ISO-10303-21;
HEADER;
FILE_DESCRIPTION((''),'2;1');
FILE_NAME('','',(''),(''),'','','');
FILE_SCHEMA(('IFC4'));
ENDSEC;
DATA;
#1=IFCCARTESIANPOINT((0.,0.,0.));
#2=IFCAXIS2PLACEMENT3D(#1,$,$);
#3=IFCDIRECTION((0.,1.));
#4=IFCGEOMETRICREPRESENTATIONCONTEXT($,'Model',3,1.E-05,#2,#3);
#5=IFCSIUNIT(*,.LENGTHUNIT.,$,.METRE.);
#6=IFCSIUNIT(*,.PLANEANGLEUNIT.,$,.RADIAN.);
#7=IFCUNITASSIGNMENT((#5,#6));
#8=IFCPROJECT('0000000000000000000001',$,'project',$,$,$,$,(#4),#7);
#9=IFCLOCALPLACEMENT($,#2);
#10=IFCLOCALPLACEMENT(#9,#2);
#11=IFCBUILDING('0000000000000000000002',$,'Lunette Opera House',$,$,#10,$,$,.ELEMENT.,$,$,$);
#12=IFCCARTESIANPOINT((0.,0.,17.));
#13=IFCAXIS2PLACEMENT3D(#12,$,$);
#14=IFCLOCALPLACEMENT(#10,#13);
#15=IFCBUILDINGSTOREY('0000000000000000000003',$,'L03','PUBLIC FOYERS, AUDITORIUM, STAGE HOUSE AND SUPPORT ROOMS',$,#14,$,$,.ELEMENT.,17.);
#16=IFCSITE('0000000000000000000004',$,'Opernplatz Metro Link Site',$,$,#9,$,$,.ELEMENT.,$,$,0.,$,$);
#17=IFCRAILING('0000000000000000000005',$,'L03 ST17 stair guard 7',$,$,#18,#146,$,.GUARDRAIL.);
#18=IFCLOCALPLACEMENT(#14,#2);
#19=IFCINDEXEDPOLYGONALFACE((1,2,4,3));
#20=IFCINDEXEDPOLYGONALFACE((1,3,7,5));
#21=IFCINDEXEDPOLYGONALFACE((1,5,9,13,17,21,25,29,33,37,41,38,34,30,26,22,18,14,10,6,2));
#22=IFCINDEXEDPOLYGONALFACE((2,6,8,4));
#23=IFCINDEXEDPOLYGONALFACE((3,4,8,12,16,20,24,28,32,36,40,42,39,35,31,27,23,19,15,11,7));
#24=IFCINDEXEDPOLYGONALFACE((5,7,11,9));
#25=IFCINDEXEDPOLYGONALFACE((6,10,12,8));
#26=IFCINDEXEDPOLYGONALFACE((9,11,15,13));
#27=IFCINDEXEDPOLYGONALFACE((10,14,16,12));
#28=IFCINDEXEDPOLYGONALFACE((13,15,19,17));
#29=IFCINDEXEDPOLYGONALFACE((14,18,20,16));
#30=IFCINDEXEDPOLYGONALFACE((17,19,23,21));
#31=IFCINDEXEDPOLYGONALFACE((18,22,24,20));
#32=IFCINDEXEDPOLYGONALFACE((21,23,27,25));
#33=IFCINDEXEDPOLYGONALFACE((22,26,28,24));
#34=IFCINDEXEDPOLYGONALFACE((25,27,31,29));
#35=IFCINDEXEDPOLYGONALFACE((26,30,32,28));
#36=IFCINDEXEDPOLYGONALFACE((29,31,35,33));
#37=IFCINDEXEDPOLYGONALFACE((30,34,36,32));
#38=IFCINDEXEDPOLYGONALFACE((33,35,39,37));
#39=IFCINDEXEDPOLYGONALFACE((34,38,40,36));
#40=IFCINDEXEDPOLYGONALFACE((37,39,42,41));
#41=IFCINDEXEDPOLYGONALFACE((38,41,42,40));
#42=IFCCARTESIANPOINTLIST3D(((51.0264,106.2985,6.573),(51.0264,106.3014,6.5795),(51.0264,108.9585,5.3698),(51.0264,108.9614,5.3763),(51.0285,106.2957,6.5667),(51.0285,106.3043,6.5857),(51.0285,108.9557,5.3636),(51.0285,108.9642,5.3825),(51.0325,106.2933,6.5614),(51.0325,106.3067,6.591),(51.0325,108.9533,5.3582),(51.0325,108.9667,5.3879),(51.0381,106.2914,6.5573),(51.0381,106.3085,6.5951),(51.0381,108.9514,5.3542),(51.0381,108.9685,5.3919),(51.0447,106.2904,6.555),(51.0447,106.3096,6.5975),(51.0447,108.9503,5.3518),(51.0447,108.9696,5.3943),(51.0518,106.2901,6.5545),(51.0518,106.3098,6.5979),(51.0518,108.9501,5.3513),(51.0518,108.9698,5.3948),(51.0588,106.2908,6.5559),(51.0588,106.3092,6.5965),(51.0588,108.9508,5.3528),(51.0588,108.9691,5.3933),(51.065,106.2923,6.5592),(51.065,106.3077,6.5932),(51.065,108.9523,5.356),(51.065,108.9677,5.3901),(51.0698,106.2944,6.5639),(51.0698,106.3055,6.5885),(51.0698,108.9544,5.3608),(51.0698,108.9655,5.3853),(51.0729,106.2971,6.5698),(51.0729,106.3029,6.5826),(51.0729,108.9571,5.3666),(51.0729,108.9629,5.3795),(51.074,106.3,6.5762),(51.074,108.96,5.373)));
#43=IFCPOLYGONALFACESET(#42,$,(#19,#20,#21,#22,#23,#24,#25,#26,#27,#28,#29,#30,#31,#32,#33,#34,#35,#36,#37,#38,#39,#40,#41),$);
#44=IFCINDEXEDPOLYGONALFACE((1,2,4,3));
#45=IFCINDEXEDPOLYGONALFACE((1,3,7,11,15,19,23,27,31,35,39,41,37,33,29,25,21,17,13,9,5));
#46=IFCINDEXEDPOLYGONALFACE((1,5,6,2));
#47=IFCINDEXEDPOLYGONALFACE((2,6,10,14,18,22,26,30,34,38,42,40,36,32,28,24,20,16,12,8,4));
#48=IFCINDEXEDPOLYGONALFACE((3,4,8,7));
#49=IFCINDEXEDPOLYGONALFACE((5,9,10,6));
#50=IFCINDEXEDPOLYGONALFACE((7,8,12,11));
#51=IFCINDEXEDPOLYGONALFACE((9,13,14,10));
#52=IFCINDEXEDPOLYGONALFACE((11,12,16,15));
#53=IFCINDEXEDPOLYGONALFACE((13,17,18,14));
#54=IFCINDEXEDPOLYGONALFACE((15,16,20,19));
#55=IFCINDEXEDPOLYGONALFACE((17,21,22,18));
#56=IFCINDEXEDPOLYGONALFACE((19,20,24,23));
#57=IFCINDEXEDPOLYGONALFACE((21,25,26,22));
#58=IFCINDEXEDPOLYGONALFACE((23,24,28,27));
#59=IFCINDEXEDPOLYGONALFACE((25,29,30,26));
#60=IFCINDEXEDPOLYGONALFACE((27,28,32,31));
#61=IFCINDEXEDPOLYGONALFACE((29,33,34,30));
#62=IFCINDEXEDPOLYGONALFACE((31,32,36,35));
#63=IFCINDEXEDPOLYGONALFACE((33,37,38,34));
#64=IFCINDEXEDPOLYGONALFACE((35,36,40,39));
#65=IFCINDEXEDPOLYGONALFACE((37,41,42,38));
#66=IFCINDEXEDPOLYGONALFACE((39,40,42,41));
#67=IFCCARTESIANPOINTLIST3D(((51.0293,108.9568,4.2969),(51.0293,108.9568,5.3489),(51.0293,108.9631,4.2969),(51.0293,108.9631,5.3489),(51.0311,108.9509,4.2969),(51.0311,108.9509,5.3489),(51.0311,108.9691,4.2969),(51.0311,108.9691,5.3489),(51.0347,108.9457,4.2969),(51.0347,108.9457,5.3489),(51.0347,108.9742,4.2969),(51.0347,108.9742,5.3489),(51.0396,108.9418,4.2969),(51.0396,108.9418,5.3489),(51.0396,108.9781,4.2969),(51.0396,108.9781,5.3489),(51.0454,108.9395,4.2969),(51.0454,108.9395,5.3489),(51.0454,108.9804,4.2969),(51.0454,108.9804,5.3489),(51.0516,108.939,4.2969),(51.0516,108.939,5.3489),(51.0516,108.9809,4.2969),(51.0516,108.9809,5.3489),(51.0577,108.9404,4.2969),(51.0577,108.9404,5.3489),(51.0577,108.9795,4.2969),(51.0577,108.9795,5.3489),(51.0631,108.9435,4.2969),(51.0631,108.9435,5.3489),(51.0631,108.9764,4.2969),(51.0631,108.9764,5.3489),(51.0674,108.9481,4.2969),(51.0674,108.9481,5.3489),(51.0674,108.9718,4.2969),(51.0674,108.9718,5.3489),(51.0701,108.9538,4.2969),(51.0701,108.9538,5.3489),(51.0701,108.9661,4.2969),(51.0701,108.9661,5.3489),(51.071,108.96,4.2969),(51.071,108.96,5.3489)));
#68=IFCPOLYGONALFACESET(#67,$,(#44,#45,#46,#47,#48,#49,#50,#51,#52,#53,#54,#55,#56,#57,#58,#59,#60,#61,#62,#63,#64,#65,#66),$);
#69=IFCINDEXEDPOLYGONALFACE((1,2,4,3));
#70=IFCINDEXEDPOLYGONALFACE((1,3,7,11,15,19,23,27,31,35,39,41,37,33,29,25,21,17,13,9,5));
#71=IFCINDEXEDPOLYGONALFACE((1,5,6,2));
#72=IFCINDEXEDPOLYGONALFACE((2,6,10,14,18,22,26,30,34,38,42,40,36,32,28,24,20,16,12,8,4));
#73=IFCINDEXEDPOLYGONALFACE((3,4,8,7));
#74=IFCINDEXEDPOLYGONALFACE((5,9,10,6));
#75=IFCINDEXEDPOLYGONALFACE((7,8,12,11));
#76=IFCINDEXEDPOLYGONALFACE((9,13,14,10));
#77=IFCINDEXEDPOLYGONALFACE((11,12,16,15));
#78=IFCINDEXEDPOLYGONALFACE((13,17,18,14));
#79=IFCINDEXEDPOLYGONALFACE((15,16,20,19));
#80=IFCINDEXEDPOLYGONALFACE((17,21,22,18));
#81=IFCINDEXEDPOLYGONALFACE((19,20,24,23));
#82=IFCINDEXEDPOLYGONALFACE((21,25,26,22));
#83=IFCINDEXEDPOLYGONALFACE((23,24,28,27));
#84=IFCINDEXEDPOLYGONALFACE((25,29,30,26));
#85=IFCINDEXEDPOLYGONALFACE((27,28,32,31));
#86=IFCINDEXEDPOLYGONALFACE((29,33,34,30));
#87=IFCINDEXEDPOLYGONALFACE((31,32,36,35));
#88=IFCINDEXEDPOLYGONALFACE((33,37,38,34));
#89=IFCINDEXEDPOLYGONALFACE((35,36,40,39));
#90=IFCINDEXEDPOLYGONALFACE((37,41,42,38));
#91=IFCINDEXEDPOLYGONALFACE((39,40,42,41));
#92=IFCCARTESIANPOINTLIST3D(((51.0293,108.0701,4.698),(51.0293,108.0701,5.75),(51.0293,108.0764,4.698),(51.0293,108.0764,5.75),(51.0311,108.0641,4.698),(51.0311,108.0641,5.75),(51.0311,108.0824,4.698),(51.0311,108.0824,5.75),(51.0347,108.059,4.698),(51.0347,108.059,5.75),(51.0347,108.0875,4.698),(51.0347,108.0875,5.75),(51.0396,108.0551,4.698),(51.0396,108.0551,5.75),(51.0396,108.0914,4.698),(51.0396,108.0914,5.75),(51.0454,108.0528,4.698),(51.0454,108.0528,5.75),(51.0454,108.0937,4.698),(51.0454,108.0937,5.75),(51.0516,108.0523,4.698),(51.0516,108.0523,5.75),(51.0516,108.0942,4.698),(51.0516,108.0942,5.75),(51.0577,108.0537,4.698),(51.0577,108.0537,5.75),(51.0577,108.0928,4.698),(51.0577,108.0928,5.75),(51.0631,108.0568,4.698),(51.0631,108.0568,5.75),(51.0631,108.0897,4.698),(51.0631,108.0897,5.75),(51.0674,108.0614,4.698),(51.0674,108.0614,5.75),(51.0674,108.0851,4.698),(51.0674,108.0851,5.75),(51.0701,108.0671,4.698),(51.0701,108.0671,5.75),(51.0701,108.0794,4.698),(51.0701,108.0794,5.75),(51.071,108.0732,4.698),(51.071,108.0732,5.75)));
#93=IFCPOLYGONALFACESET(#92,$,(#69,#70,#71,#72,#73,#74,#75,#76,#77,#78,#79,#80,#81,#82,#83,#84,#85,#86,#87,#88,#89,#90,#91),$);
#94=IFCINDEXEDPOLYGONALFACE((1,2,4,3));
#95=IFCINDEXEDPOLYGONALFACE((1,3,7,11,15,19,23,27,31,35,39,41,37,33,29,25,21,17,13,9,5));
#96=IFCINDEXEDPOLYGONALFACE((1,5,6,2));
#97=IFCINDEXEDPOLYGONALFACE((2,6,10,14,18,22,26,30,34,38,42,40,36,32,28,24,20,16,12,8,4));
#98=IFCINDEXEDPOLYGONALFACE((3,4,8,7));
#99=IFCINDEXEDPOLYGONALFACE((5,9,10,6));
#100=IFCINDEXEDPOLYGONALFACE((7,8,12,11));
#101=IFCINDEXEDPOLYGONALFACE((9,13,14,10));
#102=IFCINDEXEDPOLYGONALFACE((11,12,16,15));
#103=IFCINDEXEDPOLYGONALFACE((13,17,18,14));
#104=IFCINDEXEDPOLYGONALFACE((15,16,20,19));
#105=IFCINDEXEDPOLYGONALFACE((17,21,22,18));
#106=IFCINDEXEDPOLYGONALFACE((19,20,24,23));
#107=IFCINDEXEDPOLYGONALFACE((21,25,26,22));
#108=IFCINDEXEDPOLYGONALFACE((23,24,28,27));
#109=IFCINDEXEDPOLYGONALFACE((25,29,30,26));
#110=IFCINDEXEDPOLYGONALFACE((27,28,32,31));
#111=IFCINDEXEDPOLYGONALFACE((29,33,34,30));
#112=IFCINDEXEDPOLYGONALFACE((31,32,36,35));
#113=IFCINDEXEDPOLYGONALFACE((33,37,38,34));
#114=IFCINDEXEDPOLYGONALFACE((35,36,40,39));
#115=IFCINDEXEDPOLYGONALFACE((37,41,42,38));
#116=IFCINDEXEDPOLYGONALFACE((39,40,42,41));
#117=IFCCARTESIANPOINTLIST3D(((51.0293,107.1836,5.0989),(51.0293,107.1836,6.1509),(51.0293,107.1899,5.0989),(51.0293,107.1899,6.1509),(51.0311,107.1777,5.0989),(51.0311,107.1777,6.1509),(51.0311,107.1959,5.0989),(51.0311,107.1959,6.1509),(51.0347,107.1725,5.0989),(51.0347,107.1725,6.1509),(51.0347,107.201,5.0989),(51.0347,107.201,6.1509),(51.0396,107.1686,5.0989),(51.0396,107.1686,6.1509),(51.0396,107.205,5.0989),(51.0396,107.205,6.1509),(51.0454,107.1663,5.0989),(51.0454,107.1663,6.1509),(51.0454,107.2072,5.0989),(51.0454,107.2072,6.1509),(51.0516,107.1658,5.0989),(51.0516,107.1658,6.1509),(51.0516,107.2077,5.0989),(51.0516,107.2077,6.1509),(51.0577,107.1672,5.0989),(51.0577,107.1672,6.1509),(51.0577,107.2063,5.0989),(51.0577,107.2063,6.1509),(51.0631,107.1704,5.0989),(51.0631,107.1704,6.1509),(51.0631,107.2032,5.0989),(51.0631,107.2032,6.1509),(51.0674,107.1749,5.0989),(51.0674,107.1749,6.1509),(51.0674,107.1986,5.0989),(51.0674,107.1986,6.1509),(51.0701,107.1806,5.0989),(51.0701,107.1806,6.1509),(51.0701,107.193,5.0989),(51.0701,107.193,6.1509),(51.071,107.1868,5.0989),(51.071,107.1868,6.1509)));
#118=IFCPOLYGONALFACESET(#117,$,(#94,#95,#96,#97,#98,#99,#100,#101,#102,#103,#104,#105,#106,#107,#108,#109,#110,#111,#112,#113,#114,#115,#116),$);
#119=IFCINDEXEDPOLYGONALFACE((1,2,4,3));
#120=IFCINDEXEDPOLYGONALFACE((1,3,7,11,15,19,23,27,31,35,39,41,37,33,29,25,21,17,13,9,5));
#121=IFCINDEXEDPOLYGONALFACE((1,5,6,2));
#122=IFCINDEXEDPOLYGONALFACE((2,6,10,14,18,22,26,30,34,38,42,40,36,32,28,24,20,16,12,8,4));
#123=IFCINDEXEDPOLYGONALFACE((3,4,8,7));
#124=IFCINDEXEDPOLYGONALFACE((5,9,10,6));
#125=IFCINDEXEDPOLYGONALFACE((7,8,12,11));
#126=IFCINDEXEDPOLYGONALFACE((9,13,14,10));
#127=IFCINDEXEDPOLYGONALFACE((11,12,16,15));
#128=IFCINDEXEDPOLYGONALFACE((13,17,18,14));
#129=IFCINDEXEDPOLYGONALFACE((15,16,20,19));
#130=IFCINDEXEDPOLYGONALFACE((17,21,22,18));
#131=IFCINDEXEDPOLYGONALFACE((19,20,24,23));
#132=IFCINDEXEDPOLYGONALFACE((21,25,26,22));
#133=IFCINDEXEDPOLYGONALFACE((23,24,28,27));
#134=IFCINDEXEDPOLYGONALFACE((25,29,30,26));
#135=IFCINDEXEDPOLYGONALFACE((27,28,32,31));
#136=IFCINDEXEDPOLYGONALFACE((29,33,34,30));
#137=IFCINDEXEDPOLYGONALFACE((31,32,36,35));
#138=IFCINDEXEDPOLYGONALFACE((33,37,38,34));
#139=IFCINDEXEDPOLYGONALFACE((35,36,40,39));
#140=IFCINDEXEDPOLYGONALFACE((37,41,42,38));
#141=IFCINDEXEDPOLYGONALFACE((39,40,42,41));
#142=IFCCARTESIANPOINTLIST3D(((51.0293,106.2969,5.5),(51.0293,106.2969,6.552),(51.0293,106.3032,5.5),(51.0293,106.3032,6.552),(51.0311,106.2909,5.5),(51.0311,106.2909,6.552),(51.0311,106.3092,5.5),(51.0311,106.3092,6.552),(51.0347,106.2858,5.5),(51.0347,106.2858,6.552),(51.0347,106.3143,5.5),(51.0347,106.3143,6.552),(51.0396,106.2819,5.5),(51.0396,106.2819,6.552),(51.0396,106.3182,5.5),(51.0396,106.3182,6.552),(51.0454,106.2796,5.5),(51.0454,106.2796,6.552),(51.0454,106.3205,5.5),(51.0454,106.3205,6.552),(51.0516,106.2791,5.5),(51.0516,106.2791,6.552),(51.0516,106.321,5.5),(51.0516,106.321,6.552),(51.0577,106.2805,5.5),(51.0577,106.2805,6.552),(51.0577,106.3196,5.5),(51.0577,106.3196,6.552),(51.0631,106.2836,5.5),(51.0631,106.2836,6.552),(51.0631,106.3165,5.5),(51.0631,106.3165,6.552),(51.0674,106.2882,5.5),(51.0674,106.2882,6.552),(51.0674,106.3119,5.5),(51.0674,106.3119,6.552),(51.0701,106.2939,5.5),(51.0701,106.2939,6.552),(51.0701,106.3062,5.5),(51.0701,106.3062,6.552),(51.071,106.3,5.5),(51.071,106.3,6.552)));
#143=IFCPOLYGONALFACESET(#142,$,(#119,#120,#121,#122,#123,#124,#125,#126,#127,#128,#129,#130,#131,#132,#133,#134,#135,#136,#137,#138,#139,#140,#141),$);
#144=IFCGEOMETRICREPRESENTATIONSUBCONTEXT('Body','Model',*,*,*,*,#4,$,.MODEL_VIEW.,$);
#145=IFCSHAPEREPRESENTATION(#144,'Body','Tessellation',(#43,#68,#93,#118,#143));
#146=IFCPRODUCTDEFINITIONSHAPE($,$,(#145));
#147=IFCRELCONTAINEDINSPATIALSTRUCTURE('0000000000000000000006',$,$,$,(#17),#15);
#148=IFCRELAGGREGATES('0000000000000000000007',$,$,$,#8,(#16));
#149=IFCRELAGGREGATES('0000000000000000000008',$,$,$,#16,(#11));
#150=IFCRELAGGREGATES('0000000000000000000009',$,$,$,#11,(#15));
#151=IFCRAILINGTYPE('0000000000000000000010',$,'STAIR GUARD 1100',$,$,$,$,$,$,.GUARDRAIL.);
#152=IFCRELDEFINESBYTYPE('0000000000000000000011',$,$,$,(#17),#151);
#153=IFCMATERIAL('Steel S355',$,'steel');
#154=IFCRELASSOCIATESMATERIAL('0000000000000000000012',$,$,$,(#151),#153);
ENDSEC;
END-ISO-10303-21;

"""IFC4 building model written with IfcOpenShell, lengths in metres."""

from ifc_helpers import new_model, si_unit, direction, frame, origin, origin_2d, place, context, subcontext, project, spatial, circle, extrude, material, type_object, element, save


model = new_model("IFC4")

# Units and contexts
model_context = context("Model", 3, precision=1e-05, world=origin(), true_north=direction((0.0, 1.0)))
body_context = subcontext(model_context, "Body", "Model", "MODEL_VIEW")
ifc_project = project(units=[si_unit("LENGTHUNIT", "METRE"), si_unit("PLANEANGLEUNIT", "RADIAN")], contexts=[model_context])

# Site, building, storey
site_placement = place(None, origin())
site = spatial("IfcSite", under=ifc_project, at=site_placement, Name="Opernplatz Metro Link Site", CompositionType="ELEMENT", RefElevation=0.0)
building_placement = place(site_placement, origin())
building = spatial("IfcBuilding", under=site, at=building_placement, Name="Lunette Opera House", CompositionType="ELEMENT")
storey_placement = place(building_placement, frame((0.0, 0.0, 17.0)))
storey = spatial("IfcBuildingStorey", under=building, at=storey_placement, Name="L03", Description="PUBLIC FOYERS, AUDITORIUM, STAGE HOUSE AND SUPPORT ROOMS", CompositionType="ELEMENT", Elevation=17.0)

# Railing
ifc_material_1 = material(Name="Steel S355", Category="steel")
railing_type_1 = type_object("IfcRailingType", Name="STAIR GUARD 1100", PredefinedType="GUARDRAIL", material=ifc_material_1)
railing_1_placement = place(storey_placement, frame((51.05, 108.96, 4.2969)))
element("IfcRailing", 1, at=railing_1_placement, inside=storey, type_object=railing_type_1, Name="L03 ST17 stair guard 7", PredefinedType="GUARDRAIL", context=body_context, shape_type="SweptSolid", body=[
    extrude(circle(Radius=0.0239, at=origin_2d()), frame((0.0, 0.0, 1.0762), z_axis=(0.0, -0.91113, 0.41212), x_axis=(1.0, 0.0, 0.0)), (0.0, 0.0, 1.0), 2.9194),
    extrude(circle(Radius=0.021, at=origin_2d()), origin(), (0.0, 0.0, 1.0), 1.052),
    extrude(circle(Radius=0.021, at=origin_2d()), frame((0.0, -0.8867, 0.4011)), (0.0, 0.0, 1.0), 1.052),
    extrude(circle(Radius=0.021, at=origin_2d()), frame((0.0, -1.7732, 0.802)), (0.0, 0.0, 1.0), 1.052),
    extrude(circle(Radius=0.021, at=origin_2d()), frame((0.0, -2.6599, 1.2031)), (0.0, 0.0, 1.0), 1.052),
])

save(model, "model.ifc")
